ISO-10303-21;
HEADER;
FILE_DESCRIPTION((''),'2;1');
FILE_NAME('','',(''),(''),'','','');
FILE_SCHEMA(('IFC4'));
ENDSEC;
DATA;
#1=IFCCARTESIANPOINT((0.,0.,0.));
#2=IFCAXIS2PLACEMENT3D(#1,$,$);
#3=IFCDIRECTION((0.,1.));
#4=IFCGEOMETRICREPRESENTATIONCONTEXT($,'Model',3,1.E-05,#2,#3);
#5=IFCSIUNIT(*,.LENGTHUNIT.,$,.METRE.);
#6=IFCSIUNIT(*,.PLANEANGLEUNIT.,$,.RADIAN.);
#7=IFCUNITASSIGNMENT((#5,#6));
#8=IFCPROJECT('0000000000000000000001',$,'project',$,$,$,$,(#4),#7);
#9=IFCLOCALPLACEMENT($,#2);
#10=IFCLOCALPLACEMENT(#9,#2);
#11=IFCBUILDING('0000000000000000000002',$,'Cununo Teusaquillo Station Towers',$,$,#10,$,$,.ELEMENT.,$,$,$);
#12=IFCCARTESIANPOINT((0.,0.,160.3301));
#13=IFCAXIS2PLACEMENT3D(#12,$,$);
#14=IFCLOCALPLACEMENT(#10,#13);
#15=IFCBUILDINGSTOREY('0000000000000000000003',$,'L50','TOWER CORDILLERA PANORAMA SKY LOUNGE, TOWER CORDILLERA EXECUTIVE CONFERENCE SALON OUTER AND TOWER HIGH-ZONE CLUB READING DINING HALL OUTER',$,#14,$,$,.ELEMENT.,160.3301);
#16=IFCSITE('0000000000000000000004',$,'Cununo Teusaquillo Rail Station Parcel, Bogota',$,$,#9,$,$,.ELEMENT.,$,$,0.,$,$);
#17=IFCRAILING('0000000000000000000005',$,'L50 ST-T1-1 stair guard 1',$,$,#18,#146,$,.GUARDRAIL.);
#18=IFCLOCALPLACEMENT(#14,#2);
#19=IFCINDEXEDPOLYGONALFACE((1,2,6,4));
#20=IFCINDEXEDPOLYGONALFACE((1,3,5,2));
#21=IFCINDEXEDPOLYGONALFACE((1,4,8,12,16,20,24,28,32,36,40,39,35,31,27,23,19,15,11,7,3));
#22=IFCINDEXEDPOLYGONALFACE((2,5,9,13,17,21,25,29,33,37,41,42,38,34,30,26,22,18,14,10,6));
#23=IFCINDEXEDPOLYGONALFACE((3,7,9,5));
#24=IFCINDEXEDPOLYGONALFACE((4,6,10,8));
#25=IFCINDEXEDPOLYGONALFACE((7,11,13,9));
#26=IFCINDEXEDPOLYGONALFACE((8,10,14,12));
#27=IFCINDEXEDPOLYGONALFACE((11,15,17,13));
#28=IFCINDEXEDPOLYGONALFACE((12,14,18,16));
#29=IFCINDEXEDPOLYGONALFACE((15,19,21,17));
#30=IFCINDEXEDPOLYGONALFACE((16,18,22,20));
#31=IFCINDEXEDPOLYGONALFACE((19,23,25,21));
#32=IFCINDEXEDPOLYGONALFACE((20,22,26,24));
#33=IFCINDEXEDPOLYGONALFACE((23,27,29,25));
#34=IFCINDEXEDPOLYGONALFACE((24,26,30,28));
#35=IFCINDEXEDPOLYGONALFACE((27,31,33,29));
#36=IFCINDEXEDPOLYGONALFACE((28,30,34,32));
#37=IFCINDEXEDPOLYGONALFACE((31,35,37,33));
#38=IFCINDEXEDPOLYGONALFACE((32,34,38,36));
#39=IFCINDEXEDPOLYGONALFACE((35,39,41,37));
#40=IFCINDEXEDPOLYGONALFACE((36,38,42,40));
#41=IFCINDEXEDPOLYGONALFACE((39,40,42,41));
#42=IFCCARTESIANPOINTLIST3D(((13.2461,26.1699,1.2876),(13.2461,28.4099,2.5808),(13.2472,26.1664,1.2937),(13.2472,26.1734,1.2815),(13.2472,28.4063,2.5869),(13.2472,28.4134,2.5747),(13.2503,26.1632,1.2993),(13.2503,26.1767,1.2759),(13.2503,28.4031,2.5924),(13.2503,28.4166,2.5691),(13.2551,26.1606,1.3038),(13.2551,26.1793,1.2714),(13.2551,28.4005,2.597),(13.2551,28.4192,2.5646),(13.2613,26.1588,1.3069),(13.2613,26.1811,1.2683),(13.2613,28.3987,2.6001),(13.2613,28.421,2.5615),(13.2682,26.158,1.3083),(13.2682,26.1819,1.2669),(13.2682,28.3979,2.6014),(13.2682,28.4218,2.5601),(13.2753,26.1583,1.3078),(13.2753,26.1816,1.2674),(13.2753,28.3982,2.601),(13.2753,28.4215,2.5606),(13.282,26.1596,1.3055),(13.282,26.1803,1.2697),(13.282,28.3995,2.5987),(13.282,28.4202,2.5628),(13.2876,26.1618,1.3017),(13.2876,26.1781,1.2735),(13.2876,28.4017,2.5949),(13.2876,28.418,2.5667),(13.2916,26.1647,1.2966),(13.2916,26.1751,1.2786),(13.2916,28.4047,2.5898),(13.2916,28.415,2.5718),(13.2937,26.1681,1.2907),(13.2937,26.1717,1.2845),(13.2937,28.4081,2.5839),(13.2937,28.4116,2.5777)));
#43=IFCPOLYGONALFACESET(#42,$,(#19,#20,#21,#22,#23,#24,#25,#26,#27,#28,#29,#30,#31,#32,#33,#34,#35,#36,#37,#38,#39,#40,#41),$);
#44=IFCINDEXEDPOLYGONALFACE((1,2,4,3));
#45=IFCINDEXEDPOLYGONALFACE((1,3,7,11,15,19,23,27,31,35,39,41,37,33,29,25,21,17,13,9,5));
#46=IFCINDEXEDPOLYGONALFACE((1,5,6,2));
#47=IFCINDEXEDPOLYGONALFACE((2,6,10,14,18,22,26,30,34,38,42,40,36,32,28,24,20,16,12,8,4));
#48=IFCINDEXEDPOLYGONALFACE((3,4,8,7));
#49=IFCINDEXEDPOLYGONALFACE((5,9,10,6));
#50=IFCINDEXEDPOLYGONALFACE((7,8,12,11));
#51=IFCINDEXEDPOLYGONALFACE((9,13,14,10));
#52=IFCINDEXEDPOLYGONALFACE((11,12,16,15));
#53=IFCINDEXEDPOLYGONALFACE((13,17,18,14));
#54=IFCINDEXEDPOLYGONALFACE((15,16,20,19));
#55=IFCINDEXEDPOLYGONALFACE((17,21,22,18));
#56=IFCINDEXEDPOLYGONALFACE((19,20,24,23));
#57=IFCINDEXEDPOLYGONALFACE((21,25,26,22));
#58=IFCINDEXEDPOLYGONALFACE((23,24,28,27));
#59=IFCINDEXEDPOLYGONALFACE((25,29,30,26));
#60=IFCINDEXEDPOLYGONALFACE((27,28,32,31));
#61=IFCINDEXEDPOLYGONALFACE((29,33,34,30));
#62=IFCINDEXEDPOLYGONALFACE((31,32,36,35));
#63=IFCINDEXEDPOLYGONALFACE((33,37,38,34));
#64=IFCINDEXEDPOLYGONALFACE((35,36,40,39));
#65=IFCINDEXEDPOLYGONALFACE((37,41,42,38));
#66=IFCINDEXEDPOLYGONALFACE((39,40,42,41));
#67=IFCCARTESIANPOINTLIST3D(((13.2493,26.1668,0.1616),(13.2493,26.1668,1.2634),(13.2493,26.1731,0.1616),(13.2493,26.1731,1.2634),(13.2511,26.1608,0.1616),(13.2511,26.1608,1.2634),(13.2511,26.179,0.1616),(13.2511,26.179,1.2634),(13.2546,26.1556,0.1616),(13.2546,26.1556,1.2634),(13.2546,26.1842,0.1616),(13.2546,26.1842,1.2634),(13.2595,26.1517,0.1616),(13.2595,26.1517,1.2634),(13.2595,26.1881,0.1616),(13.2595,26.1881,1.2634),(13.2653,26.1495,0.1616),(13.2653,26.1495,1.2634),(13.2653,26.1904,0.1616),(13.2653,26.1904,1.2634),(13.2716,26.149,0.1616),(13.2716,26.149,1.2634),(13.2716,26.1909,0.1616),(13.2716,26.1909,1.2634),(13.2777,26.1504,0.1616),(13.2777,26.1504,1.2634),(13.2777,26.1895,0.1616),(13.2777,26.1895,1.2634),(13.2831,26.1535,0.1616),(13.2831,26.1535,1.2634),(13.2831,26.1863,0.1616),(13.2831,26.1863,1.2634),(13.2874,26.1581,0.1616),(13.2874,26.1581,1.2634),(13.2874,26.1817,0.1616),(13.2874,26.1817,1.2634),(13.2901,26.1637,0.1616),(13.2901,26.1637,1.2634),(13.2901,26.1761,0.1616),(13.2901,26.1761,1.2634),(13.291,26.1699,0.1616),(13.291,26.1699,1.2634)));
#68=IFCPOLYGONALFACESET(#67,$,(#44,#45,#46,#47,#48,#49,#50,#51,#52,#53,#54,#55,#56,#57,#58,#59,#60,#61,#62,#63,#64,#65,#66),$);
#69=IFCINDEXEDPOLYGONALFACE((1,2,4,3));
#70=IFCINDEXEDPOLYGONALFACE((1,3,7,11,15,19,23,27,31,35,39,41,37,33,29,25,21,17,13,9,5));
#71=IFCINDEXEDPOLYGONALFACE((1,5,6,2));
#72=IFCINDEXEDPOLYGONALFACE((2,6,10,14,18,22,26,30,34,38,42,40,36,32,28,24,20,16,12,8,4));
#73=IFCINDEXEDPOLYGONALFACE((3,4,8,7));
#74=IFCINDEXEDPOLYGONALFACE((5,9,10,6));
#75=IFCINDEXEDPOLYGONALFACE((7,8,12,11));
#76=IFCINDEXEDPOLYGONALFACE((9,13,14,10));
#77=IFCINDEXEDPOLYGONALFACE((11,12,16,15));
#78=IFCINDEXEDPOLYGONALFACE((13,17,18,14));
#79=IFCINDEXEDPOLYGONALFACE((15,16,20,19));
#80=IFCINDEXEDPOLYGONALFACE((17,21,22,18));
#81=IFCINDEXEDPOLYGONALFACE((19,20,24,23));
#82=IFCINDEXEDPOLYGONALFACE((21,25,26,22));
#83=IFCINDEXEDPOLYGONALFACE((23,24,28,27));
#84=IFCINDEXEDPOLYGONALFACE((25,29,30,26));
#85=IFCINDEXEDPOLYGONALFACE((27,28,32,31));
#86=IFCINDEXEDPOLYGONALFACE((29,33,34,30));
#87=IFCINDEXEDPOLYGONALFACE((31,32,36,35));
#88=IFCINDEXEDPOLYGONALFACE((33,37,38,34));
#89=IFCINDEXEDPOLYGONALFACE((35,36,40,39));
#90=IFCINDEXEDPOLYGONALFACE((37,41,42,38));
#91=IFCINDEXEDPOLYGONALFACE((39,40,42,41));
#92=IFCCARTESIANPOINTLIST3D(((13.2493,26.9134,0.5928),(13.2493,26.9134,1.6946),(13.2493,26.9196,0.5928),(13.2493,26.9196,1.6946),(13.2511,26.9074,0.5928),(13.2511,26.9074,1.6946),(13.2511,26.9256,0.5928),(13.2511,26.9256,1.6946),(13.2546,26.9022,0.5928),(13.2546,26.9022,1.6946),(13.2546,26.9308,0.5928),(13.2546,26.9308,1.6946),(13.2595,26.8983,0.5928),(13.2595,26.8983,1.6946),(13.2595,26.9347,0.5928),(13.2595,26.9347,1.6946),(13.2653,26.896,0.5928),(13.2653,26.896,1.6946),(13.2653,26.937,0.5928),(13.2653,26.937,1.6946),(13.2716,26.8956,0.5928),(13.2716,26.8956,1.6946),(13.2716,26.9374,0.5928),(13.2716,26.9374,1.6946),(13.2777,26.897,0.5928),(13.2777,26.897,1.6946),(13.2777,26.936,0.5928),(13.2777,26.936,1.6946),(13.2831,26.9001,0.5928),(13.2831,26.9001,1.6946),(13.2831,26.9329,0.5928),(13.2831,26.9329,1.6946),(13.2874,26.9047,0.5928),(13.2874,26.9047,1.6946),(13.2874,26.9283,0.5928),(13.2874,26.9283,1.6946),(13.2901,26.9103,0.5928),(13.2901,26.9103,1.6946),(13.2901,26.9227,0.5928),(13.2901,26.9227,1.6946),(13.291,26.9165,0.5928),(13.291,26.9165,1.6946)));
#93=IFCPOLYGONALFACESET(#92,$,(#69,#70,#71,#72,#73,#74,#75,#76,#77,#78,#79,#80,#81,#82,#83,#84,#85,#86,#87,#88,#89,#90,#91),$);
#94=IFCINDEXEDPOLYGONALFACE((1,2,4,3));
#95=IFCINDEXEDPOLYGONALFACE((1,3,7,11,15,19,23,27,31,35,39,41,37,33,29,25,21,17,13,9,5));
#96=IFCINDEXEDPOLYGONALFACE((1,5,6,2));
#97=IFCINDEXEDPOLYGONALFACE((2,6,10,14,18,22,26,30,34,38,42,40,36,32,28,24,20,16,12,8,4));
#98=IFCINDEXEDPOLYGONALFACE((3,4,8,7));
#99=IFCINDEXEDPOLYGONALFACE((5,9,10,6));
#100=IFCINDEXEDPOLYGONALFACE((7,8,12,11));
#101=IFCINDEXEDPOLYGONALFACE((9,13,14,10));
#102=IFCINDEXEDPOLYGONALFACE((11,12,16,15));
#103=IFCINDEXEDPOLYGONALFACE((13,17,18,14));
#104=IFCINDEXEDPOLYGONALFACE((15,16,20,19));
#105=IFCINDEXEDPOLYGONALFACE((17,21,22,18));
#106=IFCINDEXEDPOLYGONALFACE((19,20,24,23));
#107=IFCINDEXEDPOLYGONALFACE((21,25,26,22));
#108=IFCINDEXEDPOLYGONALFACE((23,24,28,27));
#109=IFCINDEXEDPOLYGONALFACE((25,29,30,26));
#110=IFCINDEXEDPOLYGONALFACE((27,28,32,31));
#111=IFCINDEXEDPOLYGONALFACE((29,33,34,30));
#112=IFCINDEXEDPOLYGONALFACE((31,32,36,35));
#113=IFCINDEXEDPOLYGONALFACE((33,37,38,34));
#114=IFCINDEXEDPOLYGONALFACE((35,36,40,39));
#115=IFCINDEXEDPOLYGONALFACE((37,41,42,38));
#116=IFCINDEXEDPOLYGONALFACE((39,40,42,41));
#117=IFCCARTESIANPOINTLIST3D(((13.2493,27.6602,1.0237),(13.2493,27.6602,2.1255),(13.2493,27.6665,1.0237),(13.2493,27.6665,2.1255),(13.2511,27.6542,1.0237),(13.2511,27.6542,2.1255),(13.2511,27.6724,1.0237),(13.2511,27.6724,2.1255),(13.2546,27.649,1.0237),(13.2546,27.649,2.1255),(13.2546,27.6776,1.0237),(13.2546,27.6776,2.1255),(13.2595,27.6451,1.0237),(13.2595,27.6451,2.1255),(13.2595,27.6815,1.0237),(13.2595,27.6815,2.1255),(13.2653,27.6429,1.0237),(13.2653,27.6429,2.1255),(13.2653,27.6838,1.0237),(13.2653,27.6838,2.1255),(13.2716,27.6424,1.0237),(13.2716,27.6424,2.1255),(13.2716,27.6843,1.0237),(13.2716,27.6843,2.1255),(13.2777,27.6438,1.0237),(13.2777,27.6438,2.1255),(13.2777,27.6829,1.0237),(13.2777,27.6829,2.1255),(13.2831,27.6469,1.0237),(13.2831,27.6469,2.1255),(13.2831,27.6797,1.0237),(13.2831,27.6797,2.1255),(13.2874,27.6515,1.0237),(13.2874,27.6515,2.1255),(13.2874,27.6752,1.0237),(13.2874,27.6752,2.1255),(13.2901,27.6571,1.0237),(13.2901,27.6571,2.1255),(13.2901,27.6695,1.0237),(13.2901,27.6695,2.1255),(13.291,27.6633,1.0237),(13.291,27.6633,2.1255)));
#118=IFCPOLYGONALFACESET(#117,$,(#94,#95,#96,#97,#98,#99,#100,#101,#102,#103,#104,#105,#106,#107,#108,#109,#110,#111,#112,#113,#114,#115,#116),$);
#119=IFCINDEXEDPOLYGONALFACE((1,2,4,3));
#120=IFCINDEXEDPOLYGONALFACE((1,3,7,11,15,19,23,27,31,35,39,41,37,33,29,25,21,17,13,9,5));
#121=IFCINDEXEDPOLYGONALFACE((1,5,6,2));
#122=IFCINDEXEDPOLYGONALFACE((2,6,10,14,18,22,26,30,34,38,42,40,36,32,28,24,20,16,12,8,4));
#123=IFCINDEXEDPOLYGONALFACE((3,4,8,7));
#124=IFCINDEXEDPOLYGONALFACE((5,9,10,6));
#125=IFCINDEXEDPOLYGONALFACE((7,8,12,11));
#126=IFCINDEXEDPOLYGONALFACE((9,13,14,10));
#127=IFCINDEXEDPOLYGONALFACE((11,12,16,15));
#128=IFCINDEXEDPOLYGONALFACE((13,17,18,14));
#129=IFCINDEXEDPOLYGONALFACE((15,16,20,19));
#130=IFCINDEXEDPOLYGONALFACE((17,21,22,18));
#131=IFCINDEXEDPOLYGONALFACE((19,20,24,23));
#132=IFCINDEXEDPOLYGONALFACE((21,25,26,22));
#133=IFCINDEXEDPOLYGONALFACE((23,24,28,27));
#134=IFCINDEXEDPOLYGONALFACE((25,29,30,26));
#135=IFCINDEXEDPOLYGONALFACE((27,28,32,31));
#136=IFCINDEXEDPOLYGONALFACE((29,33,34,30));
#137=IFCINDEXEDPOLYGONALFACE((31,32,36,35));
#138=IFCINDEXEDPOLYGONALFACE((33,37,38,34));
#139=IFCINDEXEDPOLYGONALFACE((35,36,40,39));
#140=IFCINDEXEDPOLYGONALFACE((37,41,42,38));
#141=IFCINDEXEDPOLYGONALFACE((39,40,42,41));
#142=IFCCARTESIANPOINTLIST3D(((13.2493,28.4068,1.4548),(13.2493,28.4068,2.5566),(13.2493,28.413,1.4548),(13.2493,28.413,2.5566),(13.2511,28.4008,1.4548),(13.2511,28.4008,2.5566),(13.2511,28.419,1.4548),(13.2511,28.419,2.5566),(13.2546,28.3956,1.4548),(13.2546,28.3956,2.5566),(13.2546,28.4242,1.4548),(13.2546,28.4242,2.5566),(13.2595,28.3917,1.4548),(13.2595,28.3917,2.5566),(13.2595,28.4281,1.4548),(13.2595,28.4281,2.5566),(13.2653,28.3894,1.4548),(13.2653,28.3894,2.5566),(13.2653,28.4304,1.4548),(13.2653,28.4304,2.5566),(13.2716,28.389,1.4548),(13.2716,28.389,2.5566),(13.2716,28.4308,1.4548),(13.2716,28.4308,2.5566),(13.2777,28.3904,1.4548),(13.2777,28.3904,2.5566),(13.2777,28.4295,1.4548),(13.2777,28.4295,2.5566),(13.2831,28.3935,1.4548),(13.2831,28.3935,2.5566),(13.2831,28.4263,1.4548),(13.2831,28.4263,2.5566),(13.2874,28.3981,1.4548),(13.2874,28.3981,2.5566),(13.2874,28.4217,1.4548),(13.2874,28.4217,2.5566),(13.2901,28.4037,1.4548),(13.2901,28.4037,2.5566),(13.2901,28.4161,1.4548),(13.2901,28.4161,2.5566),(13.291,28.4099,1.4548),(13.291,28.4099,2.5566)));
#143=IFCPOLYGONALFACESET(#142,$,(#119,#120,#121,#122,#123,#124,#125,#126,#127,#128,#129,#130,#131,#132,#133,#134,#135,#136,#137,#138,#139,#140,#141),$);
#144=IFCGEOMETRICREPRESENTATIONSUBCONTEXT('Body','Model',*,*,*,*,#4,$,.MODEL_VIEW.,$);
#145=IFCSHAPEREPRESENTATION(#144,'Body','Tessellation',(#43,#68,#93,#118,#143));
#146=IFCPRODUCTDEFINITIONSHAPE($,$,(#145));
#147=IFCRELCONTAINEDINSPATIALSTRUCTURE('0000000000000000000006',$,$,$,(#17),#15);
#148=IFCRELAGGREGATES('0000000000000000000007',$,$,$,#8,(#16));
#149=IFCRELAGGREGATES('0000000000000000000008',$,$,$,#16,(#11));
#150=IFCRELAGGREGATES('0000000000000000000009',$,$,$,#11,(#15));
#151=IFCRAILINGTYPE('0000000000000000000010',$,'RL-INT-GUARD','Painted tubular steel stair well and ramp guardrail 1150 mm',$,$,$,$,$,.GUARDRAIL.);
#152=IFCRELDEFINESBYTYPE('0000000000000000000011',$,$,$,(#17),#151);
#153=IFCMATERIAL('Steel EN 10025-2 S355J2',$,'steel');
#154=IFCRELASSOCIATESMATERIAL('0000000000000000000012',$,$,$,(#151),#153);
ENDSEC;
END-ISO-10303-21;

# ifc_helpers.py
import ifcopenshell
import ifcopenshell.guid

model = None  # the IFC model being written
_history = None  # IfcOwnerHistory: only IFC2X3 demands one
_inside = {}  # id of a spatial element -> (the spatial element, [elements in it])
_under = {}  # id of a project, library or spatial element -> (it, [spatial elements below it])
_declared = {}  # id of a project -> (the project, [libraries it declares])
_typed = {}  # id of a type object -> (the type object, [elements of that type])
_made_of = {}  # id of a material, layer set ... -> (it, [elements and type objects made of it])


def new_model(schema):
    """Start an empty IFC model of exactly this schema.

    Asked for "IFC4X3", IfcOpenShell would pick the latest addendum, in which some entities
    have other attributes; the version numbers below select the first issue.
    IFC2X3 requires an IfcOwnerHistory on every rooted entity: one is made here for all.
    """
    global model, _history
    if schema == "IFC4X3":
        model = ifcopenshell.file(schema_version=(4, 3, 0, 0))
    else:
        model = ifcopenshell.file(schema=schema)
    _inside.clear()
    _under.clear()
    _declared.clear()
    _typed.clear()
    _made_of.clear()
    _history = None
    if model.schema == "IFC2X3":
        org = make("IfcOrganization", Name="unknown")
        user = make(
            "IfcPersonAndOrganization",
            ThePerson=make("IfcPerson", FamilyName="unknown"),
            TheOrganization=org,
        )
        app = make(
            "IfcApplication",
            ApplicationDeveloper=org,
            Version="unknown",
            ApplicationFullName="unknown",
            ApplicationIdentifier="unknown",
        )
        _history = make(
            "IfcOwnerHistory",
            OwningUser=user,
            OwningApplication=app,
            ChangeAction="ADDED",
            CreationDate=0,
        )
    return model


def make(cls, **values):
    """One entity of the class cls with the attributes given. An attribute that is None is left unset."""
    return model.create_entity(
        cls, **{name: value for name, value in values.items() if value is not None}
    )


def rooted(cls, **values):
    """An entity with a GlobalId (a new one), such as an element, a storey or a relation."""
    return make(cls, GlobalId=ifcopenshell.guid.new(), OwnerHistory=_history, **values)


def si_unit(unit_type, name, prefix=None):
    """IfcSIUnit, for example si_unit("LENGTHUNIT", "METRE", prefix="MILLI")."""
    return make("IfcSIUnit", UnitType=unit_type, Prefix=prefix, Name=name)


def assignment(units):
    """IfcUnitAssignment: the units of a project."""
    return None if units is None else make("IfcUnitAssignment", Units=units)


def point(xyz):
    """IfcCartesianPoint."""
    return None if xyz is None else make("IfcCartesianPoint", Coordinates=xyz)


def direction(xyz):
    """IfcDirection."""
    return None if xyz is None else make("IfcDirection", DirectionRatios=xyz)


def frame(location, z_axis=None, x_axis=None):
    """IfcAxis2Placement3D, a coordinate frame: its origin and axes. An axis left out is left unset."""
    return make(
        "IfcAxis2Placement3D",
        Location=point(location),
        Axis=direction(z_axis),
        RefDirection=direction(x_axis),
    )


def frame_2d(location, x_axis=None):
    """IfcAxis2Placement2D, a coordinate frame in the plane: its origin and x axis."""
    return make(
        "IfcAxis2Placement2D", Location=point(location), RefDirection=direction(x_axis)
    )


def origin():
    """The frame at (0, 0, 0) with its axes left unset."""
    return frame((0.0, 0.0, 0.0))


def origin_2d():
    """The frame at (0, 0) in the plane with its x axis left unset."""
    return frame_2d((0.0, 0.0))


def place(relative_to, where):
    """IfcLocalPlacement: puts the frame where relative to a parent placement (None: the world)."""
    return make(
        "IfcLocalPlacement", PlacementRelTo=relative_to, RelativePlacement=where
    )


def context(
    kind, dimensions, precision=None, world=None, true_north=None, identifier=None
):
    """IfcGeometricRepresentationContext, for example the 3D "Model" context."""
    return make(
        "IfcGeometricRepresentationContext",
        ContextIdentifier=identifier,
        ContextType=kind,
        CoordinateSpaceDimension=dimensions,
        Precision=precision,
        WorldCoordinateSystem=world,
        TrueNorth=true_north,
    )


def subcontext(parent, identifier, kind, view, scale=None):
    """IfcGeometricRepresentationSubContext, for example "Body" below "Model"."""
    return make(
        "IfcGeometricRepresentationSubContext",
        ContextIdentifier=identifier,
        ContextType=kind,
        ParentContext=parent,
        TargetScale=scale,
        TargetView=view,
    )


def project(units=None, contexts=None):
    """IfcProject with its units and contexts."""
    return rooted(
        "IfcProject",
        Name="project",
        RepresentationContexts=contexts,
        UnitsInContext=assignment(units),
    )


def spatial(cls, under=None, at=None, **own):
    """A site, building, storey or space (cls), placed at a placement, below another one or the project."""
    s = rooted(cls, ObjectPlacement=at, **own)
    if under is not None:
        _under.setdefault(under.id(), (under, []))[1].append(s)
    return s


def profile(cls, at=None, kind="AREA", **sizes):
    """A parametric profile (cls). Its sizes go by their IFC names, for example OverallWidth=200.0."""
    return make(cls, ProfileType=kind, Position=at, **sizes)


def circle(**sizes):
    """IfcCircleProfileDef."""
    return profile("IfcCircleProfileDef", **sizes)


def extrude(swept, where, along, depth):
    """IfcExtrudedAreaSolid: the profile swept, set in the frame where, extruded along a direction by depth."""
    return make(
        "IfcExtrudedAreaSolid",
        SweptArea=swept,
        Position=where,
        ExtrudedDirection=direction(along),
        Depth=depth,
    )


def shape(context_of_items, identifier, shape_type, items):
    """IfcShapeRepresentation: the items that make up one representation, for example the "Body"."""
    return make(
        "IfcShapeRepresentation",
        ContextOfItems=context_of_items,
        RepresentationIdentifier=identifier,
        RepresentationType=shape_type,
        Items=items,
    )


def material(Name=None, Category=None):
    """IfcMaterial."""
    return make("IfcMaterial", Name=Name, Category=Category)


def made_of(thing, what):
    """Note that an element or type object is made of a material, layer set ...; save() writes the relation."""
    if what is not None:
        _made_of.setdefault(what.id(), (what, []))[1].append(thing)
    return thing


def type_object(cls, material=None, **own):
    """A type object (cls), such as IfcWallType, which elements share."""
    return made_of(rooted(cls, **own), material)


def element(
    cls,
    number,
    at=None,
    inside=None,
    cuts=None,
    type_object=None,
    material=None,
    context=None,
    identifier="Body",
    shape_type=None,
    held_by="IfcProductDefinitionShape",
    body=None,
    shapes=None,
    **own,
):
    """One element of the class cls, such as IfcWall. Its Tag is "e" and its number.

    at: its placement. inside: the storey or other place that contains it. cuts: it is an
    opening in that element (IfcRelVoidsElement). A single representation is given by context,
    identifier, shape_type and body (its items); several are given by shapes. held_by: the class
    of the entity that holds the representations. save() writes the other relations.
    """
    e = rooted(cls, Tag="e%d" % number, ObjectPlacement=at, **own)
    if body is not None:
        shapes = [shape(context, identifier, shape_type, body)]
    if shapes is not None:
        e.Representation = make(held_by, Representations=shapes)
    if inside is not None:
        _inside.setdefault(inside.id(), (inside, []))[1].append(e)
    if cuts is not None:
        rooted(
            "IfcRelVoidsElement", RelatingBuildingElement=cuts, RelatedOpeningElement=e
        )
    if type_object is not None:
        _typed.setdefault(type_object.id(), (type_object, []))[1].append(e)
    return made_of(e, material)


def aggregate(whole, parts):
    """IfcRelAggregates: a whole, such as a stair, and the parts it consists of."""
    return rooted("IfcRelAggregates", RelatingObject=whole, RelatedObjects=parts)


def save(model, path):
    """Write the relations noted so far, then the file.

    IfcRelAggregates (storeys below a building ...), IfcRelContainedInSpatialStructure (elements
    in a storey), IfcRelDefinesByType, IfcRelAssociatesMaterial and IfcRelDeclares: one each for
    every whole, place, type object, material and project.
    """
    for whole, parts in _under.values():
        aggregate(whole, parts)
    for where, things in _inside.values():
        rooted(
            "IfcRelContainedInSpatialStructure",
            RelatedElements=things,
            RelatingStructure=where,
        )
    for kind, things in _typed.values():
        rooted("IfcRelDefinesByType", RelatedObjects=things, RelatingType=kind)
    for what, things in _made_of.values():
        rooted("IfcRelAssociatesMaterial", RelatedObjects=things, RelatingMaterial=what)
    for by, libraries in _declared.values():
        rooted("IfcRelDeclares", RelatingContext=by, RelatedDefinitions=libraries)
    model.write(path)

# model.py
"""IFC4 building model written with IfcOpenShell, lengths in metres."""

from ifc_helpers import new_model, si_unit, direction, frame, origin, origin_2d, place, context, subcontext, project, spatial, circle, extrude, material, type_object, element, save


model = new_model("IFC4")

# Units and contexts
model_context = context("Model", 3, precision=1e-05, world=origin(), true_north=direction((0.0, 1.0)))
body_context = subcontext(model_context, "Body", "Model", "MODEL_VIEW")
ifc_project = project(units=[si_unit("LENGTHUNIT", "METRE"), si_unit("PLANEANGLEUNIT", "RADIAN")], contexts=[model_context])

# Site, building, storey
site_placement = place(None, origin())
site = spatial("IfcSite", under=ifc_project, at=site_placement, Name="Cununo Teusaquillo Rail Station Parcel, Bogota", CompositionType="ELEMENT", RefElevation=0.0)
building_placement = place(site_placement, origin())
building = spatial("IfcBuilding", under=site, at=building_placement, Name="Cununo Teusaquillo Station Towers", CompositionType="ELEMENT")
storey_placement = place(building_placement, frame((0.0, 0.0, 160.3301)))
storey = spatial("IfcBuildingStorey", under=building, at=storey_placement, Name="L50", Description="TOWER CORDILLERA PANORAMA SKY LOUNGE, TOWER CORDILLERA EXECUTIVE CONFERENCE SALON OUTER AND TOWER HIGH-ZONE CLUB READING DINING HALL OUTER", CompositionType="ELEMENT", Elevation=160.3301)

# Railing
ifc_material_1 = material(Name="Steel EN 10025-2 S355J2", Category="steel")
railing_type_1 = type_object("IfcRailingType", Name="RL-INT-GUARD", Description="Painted tubular steel stair well and ramp guardrail 1150 mm", PredefinedType="GUARDRAIL", material=ifc_material_1)
railing_1_placement = place(storey_placement, frame((13.27, 26.1699, 0.1616)))
element("IfcRailing", 1, at=railing_1_placement, inside=storey, type_object=railing_type_1, Name="L50 ST-T1-1 stair guard 1", PredefinedType="GUARDRAIL", context=body_context, shape_type="SweptSolid", body=[
    extrude(circle(Radius=0.0239, at=origin_2d()), frame((0.0, 0.0, 1.126), z_axis=(0.0, 0.866033, 0.499987), x_axis=(-1.0, 0.0, 0.0)), (0.0, 0.0, 1.0), 2.5864),
    extrude(circle(Radius=0.021, at=origin_2d()), origin(), (0.0, 0.0, 1.0), 1.1018),
    extrude(circle(Radius=0.021, at=origin_2d()), frame((0.0, 0.7466, 0.4312)), (0.0, 0.0, 1.0), 1.1018),
    extrude(circle(Radius=0.021, at=origin_2d()), frame((0.0, 1.4934, 0.8621)), (0.0, 0.0, 1.0), 1.1018),
    extrude(circle(Radius=0.021, at=origin_2d()), frame((0.0, 2.24, 1.2932)), (0.0, 0.0, 1.0), 1.1018),
])

save(model, "model.ifc")
